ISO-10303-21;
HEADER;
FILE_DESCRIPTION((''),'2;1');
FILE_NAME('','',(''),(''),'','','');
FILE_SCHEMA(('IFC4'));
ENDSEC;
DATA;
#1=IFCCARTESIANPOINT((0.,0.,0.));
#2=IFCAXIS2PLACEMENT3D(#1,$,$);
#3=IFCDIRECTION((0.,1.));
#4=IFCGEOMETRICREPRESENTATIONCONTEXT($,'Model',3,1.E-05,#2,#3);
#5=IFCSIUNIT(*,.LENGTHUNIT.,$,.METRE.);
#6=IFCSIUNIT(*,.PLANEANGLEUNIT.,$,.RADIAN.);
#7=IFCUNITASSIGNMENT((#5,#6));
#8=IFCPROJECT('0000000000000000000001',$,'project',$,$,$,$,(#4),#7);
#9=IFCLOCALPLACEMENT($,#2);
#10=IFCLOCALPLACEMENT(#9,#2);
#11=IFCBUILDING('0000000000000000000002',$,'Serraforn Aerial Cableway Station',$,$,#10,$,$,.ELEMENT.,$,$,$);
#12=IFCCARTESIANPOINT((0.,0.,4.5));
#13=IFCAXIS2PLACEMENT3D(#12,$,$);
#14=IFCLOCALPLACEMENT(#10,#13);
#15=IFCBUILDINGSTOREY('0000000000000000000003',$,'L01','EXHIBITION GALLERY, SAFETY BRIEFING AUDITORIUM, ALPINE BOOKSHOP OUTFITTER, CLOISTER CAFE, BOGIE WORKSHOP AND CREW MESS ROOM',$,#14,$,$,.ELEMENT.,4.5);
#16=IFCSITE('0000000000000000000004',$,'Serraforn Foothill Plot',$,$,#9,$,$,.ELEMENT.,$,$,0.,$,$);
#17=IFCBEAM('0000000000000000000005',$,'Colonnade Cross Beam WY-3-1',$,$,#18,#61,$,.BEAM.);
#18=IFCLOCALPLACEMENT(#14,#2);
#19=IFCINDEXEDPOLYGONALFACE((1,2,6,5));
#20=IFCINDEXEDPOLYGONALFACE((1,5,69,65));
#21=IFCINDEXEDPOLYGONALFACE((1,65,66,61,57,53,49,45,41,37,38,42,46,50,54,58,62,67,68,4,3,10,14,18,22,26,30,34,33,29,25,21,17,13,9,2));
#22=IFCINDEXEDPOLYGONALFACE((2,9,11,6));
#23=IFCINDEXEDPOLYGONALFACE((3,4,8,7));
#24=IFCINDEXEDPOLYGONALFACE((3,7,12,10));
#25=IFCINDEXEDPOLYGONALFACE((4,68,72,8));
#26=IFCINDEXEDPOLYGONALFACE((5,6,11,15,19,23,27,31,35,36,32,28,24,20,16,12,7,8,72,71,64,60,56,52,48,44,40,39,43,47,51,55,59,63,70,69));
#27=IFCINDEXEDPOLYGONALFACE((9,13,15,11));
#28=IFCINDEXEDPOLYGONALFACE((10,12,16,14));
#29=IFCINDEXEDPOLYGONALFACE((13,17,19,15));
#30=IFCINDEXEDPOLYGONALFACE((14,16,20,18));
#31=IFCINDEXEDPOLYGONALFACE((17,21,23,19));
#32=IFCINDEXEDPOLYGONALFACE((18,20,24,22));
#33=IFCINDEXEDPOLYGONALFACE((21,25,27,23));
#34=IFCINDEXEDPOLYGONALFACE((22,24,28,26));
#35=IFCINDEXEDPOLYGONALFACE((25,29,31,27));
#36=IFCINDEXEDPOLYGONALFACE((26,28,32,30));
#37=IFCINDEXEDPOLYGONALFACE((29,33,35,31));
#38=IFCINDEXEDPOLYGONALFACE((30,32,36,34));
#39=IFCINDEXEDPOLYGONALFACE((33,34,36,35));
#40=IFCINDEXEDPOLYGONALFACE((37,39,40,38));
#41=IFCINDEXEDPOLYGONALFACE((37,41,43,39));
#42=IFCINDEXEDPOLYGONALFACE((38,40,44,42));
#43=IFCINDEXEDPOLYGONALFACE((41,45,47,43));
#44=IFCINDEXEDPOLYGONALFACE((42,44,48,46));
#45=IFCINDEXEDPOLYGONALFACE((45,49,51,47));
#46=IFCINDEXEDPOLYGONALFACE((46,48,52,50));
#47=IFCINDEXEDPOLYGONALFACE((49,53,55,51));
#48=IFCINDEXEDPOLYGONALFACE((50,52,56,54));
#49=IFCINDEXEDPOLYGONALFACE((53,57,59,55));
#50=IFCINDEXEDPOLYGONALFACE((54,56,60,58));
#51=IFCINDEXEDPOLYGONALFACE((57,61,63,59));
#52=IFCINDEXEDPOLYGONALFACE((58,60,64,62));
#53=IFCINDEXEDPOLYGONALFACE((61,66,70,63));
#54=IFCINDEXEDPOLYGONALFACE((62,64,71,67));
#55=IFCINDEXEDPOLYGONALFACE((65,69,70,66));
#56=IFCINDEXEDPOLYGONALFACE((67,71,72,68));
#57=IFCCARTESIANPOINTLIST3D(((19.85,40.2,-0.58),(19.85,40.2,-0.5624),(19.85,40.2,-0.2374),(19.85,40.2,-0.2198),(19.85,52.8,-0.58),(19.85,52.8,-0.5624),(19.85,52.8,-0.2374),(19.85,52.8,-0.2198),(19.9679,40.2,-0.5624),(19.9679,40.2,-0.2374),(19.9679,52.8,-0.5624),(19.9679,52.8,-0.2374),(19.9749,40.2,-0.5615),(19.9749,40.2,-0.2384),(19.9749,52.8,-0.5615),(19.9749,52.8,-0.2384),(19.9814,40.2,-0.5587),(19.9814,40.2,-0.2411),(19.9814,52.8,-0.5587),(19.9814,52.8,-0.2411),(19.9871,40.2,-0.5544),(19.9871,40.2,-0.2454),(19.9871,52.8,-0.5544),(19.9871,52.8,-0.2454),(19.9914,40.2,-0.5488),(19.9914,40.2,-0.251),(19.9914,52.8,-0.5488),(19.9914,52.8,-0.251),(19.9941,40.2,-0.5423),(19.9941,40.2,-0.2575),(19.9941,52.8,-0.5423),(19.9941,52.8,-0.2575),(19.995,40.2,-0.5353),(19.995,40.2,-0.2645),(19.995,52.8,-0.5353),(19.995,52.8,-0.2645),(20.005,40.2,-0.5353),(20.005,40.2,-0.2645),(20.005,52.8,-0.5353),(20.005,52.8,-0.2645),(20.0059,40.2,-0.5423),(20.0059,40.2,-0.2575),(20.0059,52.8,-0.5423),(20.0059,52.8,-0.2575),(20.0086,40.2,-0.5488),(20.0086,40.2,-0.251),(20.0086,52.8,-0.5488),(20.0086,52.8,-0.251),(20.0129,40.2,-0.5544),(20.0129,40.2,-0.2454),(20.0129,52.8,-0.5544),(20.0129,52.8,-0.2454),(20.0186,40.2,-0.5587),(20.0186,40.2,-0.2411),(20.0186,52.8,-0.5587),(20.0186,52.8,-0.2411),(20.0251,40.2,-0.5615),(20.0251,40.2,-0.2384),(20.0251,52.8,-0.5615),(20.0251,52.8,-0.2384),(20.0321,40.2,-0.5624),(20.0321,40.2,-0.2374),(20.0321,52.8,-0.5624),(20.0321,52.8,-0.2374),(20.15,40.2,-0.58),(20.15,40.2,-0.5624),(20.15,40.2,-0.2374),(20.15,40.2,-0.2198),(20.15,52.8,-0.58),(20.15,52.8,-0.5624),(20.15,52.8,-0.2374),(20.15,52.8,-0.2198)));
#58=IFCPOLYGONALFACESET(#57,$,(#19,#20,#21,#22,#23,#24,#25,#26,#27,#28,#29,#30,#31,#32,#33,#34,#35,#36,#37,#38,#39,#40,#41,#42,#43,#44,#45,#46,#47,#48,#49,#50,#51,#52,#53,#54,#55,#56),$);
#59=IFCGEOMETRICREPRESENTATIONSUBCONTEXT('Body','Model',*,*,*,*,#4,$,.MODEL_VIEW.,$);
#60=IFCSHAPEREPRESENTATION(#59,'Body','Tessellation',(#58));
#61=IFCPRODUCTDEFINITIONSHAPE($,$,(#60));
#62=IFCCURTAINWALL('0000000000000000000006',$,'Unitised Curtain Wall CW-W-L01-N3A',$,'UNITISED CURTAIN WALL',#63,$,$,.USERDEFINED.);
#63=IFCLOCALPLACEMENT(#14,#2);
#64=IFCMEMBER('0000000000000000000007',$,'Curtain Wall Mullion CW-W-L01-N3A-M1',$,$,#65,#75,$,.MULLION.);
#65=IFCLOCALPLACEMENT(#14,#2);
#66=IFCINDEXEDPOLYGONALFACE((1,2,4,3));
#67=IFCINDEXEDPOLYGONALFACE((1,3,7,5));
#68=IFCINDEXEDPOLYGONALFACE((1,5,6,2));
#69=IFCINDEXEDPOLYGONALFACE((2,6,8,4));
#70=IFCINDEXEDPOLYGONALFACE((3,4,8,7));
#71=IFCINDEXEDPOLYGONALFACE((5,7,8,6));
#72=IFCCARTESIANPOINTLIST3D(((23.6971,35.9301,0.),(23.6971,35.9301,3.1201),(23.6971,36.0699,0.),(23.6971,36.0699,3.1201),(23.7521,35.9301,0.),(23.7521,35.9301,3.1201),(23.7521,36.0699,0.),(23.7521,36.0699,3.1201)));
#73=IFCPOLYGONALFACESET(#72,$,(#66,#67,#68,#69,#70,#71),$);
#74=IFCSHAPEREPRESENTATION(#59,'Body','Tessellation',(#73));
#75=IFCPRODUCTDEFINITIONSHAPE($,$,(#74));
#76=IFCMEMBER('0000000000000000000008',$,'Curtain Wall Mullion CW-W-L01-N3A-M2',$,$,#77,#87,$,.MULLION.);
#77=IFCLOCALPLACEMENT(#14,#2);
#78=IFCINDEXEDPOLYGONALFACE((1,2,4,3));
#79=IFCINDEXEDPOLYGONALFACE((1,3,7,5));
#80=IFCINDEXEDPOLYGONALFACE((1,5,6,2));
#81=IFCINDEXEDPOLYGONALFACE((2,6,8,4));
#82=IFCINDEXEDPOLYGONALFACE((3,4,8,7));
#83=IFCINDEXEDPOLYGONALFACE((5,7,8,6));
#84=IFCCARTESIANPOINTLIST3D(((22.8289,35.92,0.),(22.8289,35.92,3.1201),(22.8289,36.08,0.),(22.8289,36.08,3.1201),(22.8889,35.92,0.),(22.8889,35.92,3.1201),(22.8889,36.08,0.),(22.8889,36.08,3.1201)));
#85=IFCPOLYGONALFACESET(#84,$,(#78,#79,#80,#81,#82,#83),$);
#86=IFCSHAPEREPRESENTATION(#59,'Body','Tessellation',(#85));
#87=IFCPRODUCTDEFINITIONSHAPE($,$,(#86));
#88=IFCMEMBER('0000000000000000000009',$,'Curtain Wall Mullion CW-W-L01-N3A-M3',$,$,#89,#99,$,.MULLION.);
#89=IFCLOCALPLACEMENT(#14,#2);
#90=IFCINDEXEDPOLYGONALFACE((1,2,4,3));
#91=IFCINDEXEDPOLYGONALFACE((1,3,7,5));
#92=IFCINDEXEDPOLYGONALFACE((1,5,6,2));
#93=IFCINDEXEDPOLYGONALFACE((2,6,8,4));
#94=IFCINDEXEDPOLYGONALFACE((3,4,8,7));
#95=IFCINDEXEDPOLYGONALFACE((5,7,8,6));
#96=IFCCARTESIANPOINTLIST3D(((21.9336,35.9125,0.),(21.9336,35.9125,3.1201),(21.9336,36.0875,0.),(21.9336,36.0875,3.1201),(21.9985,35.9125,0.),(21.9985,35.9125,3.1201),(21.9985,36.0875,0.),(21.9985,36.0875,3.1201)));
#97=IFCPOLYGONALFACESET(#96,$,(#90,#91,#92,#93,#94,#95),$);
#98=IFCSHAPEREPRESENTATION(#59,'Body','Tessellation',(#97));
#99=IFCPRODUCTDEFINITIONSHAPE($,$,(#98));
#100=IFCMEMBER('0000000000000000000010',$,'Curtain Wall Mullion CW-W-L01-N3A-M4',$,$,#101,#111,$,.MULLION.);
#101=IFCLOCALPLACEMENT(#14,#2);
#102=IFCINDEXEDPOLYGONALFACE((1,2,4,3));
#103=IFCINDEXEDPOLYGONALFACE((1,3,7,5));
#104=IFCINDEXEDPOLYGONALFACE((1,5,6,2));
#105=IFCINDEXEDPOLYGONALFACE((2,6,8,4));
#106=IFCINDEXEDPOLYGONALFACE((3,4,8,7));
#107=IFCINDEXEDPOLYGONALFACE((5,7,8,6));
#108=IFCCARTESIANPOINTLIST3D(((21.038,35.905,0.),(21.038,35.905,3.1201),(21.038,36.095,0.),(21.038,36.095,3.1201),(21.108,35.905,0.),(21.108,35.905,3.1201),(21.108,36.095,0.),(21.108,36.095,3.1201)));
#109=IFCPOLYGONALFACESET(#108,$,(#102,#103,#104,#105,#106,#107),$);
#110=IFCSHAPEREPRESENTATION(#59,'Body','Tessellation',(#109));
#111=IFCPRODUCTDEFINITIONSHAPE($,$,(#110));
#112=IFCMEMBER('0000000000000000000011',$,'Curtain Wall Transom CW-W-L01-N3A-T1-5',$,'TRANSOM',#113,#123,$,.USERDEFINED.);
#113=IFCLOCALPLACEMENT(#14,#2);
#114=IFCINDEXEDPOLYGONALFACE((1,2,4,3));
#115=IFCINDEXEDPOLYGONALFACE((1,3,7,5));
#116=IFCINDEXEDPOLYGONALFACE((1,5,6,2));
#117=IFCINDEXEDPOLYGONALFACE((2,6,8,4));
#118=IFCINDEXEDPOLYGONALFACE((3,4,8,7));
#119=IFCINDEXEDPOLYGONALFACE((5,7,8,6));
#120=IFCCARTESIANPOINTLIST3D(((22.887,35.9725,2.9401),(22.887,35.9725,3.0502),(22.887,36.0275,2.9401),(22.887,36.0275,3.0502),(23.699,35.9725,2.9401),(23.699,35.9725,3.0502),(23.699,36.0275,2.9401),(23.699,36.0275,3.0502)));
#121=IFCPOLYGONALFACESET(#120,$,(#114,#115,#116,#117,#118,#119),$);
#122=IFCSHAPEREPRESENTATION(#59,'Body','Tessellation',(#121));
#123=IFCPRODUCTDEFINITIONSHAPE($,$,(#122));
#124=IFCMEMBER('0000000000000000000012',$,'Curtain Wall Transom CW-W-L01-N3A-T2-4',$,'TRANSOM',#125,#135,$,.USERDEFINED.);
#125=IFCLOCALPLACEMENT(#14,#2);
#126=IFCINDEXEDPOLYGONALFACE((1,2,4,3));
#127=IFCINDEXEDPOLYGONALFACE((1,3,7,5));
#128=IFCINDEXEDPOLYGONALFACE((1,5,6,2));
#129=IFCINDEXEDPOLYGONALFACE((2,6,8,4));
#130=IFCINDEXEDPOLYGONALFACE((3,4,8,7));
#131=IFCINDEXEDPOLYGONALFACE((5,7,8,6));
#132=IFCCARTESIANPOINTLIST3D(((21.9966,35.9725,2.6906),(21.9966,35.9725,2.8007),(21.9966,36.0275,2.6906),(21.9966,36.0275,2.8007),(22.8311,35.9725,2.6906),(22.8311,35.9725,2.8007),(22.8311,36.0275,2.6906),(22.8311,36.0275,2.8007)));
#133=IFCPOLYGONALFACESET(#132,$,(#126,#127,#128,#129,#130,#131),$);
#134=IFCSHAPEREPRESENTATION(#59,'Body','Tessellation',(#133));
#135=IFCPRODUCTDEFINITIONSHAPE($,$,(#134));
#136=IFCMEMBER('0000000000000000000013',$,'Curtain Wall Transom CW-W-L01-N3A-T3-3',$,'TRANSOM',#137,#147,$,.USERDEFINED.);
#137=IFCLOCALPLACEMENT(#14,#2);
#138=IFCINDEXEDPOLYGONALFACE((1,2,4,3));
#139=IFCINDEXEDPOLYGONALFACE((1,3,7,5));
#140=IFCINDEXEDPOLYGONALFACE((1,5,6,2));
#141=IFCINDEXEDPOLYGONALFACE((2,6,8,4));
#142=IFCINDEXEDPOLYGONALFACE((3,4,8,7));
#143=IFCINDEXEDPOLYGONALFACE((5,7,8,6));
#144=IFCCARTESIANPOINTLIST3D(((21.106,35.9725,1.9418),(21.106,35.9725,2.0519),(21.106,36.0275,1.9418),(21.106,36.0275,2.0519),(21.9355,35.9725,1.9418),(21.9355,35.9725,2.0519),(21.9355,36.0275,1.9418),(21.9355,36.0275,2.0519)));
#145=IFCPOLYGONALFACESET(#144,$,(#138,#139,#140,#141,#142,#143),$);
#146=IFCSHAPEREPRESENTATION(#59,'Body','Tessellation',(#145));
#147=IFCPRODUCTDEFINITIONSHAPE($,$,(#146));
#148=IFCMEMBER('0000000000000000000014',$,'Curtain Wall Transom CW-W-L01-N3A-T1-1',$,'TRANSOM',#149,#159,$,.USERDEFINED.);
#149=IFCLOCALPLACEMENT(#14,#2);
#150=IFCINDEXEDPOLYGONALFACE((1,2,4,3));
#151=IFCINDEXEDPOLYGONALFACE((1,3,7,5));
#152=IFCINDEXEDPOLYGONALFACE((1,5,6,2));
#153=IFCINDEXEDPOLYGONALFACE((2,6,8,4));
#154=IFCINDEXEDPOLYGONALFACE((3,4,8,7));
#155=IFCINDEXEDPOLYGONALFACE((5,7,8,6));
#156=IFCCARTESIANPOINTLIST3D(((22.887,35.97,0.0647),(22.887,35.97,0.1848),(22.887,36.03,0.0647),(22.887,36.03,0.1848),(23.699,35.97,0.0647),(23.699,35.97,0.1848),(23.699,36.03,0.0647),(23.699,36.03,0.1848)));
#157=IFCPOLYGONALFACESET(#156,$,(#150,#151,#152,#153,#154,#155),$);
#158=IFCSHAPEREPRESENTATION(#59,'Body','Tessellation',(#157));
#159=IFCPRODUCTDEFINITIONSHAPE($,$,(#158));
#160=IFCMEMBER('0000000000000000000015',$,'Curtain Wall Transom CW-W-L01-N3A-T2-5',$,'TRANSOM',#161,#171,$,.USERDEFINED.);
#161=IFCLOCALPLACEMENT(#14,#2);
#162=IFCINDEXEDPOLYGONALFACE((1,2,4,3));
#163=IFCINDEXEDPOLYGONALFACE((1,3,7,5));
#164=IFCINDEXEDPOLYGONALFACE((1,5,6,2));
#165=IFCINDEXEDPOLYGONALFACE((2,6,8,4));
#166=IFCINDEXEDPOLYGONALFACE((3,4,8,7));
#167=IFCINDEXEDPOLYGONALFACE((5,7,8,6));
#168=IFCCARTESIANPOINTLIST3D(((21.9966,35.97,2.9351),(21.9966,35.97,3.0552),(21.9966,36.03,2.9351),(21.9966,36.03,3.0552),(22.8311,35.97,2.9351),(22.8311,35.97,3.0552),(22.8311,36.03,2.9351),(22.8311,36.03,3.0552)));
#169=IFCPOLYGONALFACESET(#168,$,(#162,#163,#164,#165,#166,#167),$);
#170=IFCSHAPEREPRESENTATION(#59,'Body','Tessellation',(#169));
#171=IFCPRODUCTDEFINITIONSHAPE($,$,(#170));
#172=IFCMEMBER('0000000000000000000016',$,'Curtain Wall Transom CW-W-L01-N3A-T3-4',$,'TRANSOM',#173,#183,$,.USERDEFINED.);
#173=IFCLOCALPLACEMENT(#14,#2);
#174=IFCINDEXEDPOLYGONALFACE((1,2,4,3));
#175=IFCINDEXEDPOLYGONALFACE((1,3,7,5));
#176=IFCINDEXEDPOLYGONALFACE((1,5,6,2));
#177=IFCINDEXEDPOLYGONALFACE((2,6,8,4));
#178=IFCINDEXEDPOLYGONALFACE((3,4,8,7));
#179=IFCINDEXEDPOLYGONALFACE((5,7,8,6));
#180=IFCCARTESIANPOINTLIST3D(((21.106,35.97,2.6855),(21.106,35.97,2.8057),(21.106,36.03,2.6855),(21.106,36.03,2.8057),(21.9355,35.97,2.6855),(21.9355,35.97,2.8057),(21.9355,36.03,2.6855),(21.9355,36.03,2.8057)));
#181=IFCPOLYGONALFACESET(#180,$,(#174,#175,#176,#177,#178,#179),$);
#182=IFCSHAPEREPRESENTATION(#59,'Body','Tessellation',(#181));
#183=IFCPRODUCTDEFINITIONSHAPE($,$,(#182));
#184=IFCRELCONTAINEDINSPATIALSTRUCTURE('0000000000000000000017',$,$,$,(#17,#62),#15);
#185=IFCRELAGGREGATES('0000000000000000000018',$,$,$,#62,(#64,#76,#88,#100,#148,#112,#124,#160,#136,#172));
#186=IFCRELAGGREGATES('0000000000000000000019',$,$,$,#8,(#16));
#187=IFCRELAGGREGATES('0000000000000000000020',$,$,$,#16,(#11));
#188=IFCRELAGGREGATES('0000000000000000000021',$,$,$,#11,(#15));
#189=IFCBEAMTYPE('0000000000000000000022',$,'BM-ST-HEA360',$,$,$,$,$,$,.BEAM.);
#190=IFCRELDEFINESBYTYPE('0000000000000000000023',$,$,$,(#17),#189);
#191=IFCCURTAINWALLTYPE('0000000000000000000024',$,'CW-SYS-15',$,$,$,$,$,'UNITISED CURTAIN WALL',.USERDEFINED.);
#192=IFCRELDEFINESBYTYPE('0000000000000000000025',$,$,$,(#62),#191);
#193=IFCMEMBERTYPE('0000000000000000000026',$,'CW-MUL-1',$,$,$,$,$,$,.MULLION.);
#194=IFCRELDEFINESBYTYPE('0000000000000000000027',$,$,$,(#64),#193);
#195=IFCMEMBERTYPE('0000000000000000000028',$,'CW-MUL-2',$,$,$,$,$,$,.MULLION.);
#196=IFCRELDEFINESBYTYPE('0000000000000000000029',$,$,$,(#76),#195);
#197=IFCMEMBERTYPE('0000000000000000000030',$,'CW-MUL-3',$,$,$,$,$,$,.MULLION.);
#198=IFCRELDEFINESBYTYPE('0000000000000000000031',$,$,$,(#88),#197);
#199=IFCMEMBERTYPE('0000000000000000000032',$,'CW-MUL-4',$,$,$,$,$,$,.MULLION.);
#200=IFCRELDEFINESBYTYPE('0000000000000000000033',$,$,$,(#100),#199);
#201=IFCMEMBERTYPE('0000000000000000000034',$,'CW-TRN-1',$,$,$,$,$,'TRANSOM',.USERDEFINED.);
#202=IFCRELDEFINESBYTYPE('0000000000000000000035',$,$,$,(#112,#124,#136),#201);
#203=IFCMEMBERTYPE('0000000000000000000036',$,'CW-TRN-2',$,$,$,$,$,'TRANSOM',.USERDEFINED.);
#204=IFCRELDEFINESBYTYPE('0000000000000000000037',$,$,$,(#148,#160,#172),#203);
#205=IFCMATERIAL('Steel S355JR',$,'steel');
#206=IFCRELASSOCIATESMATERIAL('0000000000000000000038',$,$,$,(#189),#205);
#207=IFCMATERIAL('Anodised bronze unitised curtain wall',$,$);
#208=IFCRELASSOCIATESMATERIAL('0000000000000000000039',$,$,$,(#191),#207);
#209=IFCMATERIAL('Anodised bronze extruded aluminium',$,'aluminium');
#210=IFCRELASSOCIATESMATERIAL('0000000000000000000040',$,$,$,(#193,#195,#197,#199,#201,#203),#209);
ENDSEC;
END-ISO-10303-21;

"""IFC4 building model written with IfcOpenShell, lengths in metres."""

from ifc_helpers import new_model, si_unit, direction, frame, origin, origin_2d, place, context, subcontext, project, spatial, rectangle, i_section, extrude, material, material_profile, profile_set, type_object, element, aggregate, save


model = new_model("IFC4")

# Units and contexts
model_context = context("Model", 3, precision=1e-05, world=origin(), true_north=direction((0.0, 1.0)))
body_context = subcontext(model_context, "Body", "Model", "MODEL_VIEW")
ifc_project = project(units=[si_unit("LENGTHUNIT", "METRE"), si_unit("PLANEANGLEUNIT", "RADIAN")], contexts=[model_context])

# Site, building, storey
site_placement = place(None, origin())
site = spatial("IfcSite", under=ifc_project, at=site_placement, Name="Serraforn Foothill Plot", CompositionType="ELEMENT", RefElevation=0.0)
building_placement = place(site_placement, origin())
building = spatial("IfcBuilding", under=site, at=building_placement, Name="Serraforn Aerial Cableway Station", CompositionType="ELEMENT")
storey_placement = place(building_placement, frame((0.0, 0.0, 4.5)))
storey = spatial("IfcBuildingStorey", under=building, at=storey_placement, Name="L01", Description="EXHIBITION GALLERY, SAFETY BRIEFING AUDITORIUM, ALPINE BOOKSHOP OUTFITTER, CLOISTER CAFE, BOGIE WORKSHOP AND CREW MESS ROOM", CompositionType="ELEMENT", Elevation=4.5)

# Beam
ifc_material_1 = material(Name="Steel S355JR", Category="steel")
ifc_material_profile_1 = material_profile(ifc_material_1, i_section(OverallWidth=0.3, OverallDepth=0.3601, WebThickness=0.01, FlangeThickness=0.0176, FilletRadius=0.0271, at=origin_2d()), Name="HEA 360")
ifc_profile_set_1 = profile_set([ifc_material_profile_1], Name="Steel S355JR")
beam_type = type_object("IfcBeamType", Name="BM-ST-HEA360", PredefinedType="BEAM", material=ifc_profile_set_1)
beam_placement = place(storey_placement, frame((20.0, 40.2, -0.3999), z_axis=(0.0, 1.0, 0.0), x_axis=(-1.0, 0.0, 0.0)))
element("IfcBeam", 1, at=beam_placement, inside=storey, type_object=beam_type, Name="Colonnade Cross Beam WY-3-1", PredefinedType="BEAM", context=body_context, shape_type="SweptSolid", body=[
    extrude(i_section(OverallWidth=0.3, OverallDepth=0.3601, WebThickness=0.01, FlangeThickness=0.0176, FilletRadius=0.0271, at=origin_2d()), origin(), (0.0, 0.0, 1.0), 12.6001),
])

# Curtain wall, members
ifc_material_2 = material(Name="Anodised bronze unitised curtain wall")
curtain_wall_type = type_object("IfcCurtainWallType", Name="CW-SYS-15", ElementType="UNITISED CURTAIN WALL", PredefinedType="USERDEFINED", material=ifc_material_2)
curtain_wall_placement = place(storey_placement, origin())
curtain_wall = element("IfcCurtainWall", 2, at=curtain_wall_placement, inside=storey, type_object=curtain_wall_type, Name="Unitised Curtain Wall CW-W-L01-N3A", ObjectType="UNITISED CURTAIN WALL", PredefinedType="USERDEFINED")
ifc_material_3 = material(Name="Anodised bronze extruded aluminium", Category="aluminium")
ifc_material_profile_2 = material_profile(ifc_material_3, rectangle(XDim=0.0549, YDim=0.1399, at=origin_2d()), Name="CW MULLION 55x140")
ifc_profile_set_2 = profile_set([ifc_material_profile_2], Name="Anodised bronze extruded aluminium")
member_type_1 = type_object("IfcMemberType", Name="CW-MUL-1", PredefinedType="MULLION", material=ifc_profile_set_2)
member_1_placement = place(storey_placement, frame((23.7246, 36.0, 0.0), z_axis=(0.0, 0.0, 1.0), x_axis=(-1.0, 0.0, 0.0)))
member_1 = element("IfcMember", 3, at=member_1_placement, type_object=member_type_1, Name="Curtain Wall Mullion CW-W-L01-N3A-M1", PredefinedType="MULLION", context=body_context, shape_type="SweptSolid", body=[
    extrude(rectangle(XDim=0.0549, YDim=0.1399, at=origin_2d()), origin(), (0.0, 0.0, 1.0), 3.1201),
])
ifc_material_profile_3 = material_profile(ifc_material_3, rectangle(XDim=0.0601, YDim=0.1599, at=origin_2d()), Name="CW MULLION 60x160")
ifc_profile_set_3 = profile_set([ifc_material_profile_3], Name="Anodised bronze extruded aluminium")
member_type_2 = type_object("IfcMemberType", Name="CW-MUL-2", PredefinedType="MULLION", material=ifc_profile_set_3)
member_2_placement = place(storey_placement, frame((22.8589, 36.0, 0.0), z_axis=(0.0, 0.0, 1.0), x_axis=(-1.0, 0.0, 0.0)))
member_2 = element("IfcMember", 4, at=member_2_placement, type_object=member_type_2, Name="Curtain Wall Mullion CW-W-L01-N3A-M2", PredefinedType="MULLION", context=body_context, shape_type="SweptSolid", body=[
    extrude(rectangle(XDim=0.0601, YDim=0.1599, at=origin_2d()), origin(), (0.0, 0.0, 1.0), 3.1201),
])
ifc_material_profile_4 = material_profile(ifc_material_3, rectangle(XDim=0.0649, YDim=0.175, at=origin_2d()), Name="CW MULLION 65x175")
ifc_profile_set_4 = profile_set([ifc_material_profile_4], Name="Anodised bronze extruded aluminium")
member_type_3 = type_object("IfcMemberType", Name="CW-MUL-3", PredefinedType="MULLION", material=ifc_profile_set_4)
member_3_placement = place(storey_placement, frame((21.9661, 36.0, 0.0), z_axis=(0.0, 0.0, 1.0), x_axis=(-1.0, 0.0, 0.0)))
member_3 = element("IfcMember", 5, at=member_3_placement, type_object=member_type_3, Name="Curtain Wall Mullion CW-W-L01-N3A-M3", PredefinedType="MULLION", context=body_context, shape_type="SweptSolid", body=[
    extrude(rectangle(XDim=0.0649, YDim=0.175, at=origin_2d()), origin(), (0.0, 0.0, 1.0), 3.1201),
])
ifc_material_profile_5 = material_profile(ifc_material_3, rectangle(XDim=0.0701, YDim=0.1899, at=origin_2d()), Name="CW MULLION 70x190")
ifc_profile_set_5 = profile_set([ifc_material_profile_5], Name="Anodised bronze extruded aluminium")
member_type_4 = type_object("IfcMemberType", Name="CW-MUL-4", PredefinedType="MULLION", material=ifc_profile_set_5)
member_4_placement = place(storey_placement, frame((21.073, 36.0, 0.0), z_axis=(0.0, 0.0, 1.0), x_axis=(-1.0, 0.0, 0.0)))
member_4 = element("IfcMember", 6, at=member_4_placement, type_object=member_type_4, Name="Curtain Wall Mullion CW-W-L01-N3A-M4", PredefinedType="MULLION", context=body_context, shape_type="SweptSolid", body=[
    extrude(rectangle(XDim=0.0701, YDim=0.1899, at=origin_2d()), origin(), (0.0, 0.0, 1.0), 3.1201),
])
ifc_material_profile_6 = material_profile(ifc_material_3, rectangle(XDim=0.0549, YDim=0.1101, at=origin_2d()), Name="CW TRANSOM 55x110")
ifc_profile_set_6 = profile_set([ifc_material_profile_6], Name="Anodised bronze extruded aluminium")
member_type_5 = type_object("IfcMemberType", Name="CW-TRN-1", ElementType="TRANSOM", PredefinedType="USERDEFINED", material=ifc_profile_set_6)
member_5_placement = place(storey_placement, frame((23.699, 36.0, 2.9951), z_axis=(-1.0, 0.0, 0.0), x_axis=(0.0, -1.0, 0.0)))
member_5 = element("IfcMember", 7, at=member_5_placement, type_object=member_type_5, Name="Curtain Wall Transom CW-W-L01-N3A-T1-5", ObjectType="TRANSOM", PredefinedType="USERDEFINED", context=body_context, shape_type="SweptSolid", body=[
    extrude(rectangle(XDim=0.0549, YDim=0.1101, at=origin_2d()), origin(), (0.0, 0.0, 1.0), 0.812),
])
member_6_placement = place(storey_placement, frame((22.8311, 36.0, 2.7456), z_axis=(-1.0, 0.0, 0.0), x_axis=(0.0, -1.0, 0.0)))
member_6 = element("IfcMember", 8, at=member_6_placement, type_object=member_type_5, Name="Curtain Wall Transom CW-W-L01-N3A-T2-4", ObjectType="TRANSOM", PredefinedType="USERDEFINED", context=body_context, shape_type="SweptSolid", body=[
    extrude(rectangle(XDim=0.0549, YDim=0.1101, at=origin_2d()), origin(), (0.0, 0.0, 1.0), 0.8345),
])
member_7_placement = place(storey_placement, frame((21.9355, 36.0, 1.9968), z_axis=(-1.0, 0.0, 0.0), x_axis=(0.0, -1.0, 0.0)))
member_7 = element("IfcMember", 9, at=member_7_placement, type_object=member_type_5, Name="Curtain Wall Transom CW-W-L01-N3A-T3-3", ObjectType="TRANSOM", PredefinedType="USERDEFINED", context=body_context, shape_type="SweptSolid", body=[
    extrude(rectangle(XDim=0.0549, YDim=0.1101, at=origin_2d()), origin(), (0.0, 0.0, 1.0), 0.8296),
])
ifc_material_profile_7 = material_profile(ifc_material_3, rectangle(XDim=0.0601, YDim=0.1201, at=origin_2d()), Name="CW TRANSOM 60x120")
ifc_profile_set_7 = profile_set([ifc_material_profile_7], Name="Anodised bronze extruded aluminium")
member_type_6 = type_object("IfcMemberType", Name="CW-TRN-2", ElementType="TRANSOM", PredefinedType="USERDEFINED", material=ifc_profile_set_7)
member_8_placement = place(storey_placement, frame((23.699, 36.0, 0.1248), z_axis=(-1.0, 0.0, 0.0), x_axis=(0.0, -1.0, 0.0)))
member_8 = element("IfcMember", 10, at=member_8_placement, type_object=member_type_6, Name="Curtain Wall Transom CW-W-L01-N3A-T1-1", ObjectType="TRANSOM", PredefinedType="USERDEFINED", context=body_context, shape_type="SweptSolid", body=[
    extrude(rectangle(XDim=0.0601, YDim=0.1201, at=origin_2d()), origin(), (0.0, 0.0, 1.0), 0.812),
])
member_9_placement = place(storey_placement, frame((22.8311, 36.0, 2.9951), z_axis=(-1.0, 0.0, 0.0), x_axis=(0.0, -1.0, 0.0)))
member_9 = element("IfcMember", 11, at=member_9_placement, type_object=member_type_6, Name="Curtain Wall Transom CW-W-L01-N3A-T2-5", ObjectType="TRANSOM", PredefinedType="USERDEFINED", context=body_context, shape_type="SweptSolid", body=[
    extrude(rectangle(XDim=0.0601, YDim=0.1201, at=origin_2d()), origin(), (0.0, 0.0, 1.0), 0.8345),
])
member_10_placement = place(storey_placement, frame((21.9355, 36.0, 2.7456), z_axis=(-1.0, 0.0, 0.0), x_axis=(0.0, -1.0, 0.0)))
member_10 = element("IfcMember", 12, at=member_10_placement, type_object=member_type_6, Name="Curtain Wall Transom CW-W-L01-N3A-T3-4", ObjectType="TRANSOM", PredefinedType="USERDEFINED", context=body_context, shape_type="SweptSolid", body=[
    extrude(rectangle(XDim=0.0601, YDim=0.1201, at=origin_2d()), origin(), (0.0, 0.0, 1.0), 0.8296),
])
aggregate(curtain_wall, [member_1, member_2, member_3, member_4, member_8, member_5, member_6, member_9, member_7, member_10])

save(model, "model.ifc")
